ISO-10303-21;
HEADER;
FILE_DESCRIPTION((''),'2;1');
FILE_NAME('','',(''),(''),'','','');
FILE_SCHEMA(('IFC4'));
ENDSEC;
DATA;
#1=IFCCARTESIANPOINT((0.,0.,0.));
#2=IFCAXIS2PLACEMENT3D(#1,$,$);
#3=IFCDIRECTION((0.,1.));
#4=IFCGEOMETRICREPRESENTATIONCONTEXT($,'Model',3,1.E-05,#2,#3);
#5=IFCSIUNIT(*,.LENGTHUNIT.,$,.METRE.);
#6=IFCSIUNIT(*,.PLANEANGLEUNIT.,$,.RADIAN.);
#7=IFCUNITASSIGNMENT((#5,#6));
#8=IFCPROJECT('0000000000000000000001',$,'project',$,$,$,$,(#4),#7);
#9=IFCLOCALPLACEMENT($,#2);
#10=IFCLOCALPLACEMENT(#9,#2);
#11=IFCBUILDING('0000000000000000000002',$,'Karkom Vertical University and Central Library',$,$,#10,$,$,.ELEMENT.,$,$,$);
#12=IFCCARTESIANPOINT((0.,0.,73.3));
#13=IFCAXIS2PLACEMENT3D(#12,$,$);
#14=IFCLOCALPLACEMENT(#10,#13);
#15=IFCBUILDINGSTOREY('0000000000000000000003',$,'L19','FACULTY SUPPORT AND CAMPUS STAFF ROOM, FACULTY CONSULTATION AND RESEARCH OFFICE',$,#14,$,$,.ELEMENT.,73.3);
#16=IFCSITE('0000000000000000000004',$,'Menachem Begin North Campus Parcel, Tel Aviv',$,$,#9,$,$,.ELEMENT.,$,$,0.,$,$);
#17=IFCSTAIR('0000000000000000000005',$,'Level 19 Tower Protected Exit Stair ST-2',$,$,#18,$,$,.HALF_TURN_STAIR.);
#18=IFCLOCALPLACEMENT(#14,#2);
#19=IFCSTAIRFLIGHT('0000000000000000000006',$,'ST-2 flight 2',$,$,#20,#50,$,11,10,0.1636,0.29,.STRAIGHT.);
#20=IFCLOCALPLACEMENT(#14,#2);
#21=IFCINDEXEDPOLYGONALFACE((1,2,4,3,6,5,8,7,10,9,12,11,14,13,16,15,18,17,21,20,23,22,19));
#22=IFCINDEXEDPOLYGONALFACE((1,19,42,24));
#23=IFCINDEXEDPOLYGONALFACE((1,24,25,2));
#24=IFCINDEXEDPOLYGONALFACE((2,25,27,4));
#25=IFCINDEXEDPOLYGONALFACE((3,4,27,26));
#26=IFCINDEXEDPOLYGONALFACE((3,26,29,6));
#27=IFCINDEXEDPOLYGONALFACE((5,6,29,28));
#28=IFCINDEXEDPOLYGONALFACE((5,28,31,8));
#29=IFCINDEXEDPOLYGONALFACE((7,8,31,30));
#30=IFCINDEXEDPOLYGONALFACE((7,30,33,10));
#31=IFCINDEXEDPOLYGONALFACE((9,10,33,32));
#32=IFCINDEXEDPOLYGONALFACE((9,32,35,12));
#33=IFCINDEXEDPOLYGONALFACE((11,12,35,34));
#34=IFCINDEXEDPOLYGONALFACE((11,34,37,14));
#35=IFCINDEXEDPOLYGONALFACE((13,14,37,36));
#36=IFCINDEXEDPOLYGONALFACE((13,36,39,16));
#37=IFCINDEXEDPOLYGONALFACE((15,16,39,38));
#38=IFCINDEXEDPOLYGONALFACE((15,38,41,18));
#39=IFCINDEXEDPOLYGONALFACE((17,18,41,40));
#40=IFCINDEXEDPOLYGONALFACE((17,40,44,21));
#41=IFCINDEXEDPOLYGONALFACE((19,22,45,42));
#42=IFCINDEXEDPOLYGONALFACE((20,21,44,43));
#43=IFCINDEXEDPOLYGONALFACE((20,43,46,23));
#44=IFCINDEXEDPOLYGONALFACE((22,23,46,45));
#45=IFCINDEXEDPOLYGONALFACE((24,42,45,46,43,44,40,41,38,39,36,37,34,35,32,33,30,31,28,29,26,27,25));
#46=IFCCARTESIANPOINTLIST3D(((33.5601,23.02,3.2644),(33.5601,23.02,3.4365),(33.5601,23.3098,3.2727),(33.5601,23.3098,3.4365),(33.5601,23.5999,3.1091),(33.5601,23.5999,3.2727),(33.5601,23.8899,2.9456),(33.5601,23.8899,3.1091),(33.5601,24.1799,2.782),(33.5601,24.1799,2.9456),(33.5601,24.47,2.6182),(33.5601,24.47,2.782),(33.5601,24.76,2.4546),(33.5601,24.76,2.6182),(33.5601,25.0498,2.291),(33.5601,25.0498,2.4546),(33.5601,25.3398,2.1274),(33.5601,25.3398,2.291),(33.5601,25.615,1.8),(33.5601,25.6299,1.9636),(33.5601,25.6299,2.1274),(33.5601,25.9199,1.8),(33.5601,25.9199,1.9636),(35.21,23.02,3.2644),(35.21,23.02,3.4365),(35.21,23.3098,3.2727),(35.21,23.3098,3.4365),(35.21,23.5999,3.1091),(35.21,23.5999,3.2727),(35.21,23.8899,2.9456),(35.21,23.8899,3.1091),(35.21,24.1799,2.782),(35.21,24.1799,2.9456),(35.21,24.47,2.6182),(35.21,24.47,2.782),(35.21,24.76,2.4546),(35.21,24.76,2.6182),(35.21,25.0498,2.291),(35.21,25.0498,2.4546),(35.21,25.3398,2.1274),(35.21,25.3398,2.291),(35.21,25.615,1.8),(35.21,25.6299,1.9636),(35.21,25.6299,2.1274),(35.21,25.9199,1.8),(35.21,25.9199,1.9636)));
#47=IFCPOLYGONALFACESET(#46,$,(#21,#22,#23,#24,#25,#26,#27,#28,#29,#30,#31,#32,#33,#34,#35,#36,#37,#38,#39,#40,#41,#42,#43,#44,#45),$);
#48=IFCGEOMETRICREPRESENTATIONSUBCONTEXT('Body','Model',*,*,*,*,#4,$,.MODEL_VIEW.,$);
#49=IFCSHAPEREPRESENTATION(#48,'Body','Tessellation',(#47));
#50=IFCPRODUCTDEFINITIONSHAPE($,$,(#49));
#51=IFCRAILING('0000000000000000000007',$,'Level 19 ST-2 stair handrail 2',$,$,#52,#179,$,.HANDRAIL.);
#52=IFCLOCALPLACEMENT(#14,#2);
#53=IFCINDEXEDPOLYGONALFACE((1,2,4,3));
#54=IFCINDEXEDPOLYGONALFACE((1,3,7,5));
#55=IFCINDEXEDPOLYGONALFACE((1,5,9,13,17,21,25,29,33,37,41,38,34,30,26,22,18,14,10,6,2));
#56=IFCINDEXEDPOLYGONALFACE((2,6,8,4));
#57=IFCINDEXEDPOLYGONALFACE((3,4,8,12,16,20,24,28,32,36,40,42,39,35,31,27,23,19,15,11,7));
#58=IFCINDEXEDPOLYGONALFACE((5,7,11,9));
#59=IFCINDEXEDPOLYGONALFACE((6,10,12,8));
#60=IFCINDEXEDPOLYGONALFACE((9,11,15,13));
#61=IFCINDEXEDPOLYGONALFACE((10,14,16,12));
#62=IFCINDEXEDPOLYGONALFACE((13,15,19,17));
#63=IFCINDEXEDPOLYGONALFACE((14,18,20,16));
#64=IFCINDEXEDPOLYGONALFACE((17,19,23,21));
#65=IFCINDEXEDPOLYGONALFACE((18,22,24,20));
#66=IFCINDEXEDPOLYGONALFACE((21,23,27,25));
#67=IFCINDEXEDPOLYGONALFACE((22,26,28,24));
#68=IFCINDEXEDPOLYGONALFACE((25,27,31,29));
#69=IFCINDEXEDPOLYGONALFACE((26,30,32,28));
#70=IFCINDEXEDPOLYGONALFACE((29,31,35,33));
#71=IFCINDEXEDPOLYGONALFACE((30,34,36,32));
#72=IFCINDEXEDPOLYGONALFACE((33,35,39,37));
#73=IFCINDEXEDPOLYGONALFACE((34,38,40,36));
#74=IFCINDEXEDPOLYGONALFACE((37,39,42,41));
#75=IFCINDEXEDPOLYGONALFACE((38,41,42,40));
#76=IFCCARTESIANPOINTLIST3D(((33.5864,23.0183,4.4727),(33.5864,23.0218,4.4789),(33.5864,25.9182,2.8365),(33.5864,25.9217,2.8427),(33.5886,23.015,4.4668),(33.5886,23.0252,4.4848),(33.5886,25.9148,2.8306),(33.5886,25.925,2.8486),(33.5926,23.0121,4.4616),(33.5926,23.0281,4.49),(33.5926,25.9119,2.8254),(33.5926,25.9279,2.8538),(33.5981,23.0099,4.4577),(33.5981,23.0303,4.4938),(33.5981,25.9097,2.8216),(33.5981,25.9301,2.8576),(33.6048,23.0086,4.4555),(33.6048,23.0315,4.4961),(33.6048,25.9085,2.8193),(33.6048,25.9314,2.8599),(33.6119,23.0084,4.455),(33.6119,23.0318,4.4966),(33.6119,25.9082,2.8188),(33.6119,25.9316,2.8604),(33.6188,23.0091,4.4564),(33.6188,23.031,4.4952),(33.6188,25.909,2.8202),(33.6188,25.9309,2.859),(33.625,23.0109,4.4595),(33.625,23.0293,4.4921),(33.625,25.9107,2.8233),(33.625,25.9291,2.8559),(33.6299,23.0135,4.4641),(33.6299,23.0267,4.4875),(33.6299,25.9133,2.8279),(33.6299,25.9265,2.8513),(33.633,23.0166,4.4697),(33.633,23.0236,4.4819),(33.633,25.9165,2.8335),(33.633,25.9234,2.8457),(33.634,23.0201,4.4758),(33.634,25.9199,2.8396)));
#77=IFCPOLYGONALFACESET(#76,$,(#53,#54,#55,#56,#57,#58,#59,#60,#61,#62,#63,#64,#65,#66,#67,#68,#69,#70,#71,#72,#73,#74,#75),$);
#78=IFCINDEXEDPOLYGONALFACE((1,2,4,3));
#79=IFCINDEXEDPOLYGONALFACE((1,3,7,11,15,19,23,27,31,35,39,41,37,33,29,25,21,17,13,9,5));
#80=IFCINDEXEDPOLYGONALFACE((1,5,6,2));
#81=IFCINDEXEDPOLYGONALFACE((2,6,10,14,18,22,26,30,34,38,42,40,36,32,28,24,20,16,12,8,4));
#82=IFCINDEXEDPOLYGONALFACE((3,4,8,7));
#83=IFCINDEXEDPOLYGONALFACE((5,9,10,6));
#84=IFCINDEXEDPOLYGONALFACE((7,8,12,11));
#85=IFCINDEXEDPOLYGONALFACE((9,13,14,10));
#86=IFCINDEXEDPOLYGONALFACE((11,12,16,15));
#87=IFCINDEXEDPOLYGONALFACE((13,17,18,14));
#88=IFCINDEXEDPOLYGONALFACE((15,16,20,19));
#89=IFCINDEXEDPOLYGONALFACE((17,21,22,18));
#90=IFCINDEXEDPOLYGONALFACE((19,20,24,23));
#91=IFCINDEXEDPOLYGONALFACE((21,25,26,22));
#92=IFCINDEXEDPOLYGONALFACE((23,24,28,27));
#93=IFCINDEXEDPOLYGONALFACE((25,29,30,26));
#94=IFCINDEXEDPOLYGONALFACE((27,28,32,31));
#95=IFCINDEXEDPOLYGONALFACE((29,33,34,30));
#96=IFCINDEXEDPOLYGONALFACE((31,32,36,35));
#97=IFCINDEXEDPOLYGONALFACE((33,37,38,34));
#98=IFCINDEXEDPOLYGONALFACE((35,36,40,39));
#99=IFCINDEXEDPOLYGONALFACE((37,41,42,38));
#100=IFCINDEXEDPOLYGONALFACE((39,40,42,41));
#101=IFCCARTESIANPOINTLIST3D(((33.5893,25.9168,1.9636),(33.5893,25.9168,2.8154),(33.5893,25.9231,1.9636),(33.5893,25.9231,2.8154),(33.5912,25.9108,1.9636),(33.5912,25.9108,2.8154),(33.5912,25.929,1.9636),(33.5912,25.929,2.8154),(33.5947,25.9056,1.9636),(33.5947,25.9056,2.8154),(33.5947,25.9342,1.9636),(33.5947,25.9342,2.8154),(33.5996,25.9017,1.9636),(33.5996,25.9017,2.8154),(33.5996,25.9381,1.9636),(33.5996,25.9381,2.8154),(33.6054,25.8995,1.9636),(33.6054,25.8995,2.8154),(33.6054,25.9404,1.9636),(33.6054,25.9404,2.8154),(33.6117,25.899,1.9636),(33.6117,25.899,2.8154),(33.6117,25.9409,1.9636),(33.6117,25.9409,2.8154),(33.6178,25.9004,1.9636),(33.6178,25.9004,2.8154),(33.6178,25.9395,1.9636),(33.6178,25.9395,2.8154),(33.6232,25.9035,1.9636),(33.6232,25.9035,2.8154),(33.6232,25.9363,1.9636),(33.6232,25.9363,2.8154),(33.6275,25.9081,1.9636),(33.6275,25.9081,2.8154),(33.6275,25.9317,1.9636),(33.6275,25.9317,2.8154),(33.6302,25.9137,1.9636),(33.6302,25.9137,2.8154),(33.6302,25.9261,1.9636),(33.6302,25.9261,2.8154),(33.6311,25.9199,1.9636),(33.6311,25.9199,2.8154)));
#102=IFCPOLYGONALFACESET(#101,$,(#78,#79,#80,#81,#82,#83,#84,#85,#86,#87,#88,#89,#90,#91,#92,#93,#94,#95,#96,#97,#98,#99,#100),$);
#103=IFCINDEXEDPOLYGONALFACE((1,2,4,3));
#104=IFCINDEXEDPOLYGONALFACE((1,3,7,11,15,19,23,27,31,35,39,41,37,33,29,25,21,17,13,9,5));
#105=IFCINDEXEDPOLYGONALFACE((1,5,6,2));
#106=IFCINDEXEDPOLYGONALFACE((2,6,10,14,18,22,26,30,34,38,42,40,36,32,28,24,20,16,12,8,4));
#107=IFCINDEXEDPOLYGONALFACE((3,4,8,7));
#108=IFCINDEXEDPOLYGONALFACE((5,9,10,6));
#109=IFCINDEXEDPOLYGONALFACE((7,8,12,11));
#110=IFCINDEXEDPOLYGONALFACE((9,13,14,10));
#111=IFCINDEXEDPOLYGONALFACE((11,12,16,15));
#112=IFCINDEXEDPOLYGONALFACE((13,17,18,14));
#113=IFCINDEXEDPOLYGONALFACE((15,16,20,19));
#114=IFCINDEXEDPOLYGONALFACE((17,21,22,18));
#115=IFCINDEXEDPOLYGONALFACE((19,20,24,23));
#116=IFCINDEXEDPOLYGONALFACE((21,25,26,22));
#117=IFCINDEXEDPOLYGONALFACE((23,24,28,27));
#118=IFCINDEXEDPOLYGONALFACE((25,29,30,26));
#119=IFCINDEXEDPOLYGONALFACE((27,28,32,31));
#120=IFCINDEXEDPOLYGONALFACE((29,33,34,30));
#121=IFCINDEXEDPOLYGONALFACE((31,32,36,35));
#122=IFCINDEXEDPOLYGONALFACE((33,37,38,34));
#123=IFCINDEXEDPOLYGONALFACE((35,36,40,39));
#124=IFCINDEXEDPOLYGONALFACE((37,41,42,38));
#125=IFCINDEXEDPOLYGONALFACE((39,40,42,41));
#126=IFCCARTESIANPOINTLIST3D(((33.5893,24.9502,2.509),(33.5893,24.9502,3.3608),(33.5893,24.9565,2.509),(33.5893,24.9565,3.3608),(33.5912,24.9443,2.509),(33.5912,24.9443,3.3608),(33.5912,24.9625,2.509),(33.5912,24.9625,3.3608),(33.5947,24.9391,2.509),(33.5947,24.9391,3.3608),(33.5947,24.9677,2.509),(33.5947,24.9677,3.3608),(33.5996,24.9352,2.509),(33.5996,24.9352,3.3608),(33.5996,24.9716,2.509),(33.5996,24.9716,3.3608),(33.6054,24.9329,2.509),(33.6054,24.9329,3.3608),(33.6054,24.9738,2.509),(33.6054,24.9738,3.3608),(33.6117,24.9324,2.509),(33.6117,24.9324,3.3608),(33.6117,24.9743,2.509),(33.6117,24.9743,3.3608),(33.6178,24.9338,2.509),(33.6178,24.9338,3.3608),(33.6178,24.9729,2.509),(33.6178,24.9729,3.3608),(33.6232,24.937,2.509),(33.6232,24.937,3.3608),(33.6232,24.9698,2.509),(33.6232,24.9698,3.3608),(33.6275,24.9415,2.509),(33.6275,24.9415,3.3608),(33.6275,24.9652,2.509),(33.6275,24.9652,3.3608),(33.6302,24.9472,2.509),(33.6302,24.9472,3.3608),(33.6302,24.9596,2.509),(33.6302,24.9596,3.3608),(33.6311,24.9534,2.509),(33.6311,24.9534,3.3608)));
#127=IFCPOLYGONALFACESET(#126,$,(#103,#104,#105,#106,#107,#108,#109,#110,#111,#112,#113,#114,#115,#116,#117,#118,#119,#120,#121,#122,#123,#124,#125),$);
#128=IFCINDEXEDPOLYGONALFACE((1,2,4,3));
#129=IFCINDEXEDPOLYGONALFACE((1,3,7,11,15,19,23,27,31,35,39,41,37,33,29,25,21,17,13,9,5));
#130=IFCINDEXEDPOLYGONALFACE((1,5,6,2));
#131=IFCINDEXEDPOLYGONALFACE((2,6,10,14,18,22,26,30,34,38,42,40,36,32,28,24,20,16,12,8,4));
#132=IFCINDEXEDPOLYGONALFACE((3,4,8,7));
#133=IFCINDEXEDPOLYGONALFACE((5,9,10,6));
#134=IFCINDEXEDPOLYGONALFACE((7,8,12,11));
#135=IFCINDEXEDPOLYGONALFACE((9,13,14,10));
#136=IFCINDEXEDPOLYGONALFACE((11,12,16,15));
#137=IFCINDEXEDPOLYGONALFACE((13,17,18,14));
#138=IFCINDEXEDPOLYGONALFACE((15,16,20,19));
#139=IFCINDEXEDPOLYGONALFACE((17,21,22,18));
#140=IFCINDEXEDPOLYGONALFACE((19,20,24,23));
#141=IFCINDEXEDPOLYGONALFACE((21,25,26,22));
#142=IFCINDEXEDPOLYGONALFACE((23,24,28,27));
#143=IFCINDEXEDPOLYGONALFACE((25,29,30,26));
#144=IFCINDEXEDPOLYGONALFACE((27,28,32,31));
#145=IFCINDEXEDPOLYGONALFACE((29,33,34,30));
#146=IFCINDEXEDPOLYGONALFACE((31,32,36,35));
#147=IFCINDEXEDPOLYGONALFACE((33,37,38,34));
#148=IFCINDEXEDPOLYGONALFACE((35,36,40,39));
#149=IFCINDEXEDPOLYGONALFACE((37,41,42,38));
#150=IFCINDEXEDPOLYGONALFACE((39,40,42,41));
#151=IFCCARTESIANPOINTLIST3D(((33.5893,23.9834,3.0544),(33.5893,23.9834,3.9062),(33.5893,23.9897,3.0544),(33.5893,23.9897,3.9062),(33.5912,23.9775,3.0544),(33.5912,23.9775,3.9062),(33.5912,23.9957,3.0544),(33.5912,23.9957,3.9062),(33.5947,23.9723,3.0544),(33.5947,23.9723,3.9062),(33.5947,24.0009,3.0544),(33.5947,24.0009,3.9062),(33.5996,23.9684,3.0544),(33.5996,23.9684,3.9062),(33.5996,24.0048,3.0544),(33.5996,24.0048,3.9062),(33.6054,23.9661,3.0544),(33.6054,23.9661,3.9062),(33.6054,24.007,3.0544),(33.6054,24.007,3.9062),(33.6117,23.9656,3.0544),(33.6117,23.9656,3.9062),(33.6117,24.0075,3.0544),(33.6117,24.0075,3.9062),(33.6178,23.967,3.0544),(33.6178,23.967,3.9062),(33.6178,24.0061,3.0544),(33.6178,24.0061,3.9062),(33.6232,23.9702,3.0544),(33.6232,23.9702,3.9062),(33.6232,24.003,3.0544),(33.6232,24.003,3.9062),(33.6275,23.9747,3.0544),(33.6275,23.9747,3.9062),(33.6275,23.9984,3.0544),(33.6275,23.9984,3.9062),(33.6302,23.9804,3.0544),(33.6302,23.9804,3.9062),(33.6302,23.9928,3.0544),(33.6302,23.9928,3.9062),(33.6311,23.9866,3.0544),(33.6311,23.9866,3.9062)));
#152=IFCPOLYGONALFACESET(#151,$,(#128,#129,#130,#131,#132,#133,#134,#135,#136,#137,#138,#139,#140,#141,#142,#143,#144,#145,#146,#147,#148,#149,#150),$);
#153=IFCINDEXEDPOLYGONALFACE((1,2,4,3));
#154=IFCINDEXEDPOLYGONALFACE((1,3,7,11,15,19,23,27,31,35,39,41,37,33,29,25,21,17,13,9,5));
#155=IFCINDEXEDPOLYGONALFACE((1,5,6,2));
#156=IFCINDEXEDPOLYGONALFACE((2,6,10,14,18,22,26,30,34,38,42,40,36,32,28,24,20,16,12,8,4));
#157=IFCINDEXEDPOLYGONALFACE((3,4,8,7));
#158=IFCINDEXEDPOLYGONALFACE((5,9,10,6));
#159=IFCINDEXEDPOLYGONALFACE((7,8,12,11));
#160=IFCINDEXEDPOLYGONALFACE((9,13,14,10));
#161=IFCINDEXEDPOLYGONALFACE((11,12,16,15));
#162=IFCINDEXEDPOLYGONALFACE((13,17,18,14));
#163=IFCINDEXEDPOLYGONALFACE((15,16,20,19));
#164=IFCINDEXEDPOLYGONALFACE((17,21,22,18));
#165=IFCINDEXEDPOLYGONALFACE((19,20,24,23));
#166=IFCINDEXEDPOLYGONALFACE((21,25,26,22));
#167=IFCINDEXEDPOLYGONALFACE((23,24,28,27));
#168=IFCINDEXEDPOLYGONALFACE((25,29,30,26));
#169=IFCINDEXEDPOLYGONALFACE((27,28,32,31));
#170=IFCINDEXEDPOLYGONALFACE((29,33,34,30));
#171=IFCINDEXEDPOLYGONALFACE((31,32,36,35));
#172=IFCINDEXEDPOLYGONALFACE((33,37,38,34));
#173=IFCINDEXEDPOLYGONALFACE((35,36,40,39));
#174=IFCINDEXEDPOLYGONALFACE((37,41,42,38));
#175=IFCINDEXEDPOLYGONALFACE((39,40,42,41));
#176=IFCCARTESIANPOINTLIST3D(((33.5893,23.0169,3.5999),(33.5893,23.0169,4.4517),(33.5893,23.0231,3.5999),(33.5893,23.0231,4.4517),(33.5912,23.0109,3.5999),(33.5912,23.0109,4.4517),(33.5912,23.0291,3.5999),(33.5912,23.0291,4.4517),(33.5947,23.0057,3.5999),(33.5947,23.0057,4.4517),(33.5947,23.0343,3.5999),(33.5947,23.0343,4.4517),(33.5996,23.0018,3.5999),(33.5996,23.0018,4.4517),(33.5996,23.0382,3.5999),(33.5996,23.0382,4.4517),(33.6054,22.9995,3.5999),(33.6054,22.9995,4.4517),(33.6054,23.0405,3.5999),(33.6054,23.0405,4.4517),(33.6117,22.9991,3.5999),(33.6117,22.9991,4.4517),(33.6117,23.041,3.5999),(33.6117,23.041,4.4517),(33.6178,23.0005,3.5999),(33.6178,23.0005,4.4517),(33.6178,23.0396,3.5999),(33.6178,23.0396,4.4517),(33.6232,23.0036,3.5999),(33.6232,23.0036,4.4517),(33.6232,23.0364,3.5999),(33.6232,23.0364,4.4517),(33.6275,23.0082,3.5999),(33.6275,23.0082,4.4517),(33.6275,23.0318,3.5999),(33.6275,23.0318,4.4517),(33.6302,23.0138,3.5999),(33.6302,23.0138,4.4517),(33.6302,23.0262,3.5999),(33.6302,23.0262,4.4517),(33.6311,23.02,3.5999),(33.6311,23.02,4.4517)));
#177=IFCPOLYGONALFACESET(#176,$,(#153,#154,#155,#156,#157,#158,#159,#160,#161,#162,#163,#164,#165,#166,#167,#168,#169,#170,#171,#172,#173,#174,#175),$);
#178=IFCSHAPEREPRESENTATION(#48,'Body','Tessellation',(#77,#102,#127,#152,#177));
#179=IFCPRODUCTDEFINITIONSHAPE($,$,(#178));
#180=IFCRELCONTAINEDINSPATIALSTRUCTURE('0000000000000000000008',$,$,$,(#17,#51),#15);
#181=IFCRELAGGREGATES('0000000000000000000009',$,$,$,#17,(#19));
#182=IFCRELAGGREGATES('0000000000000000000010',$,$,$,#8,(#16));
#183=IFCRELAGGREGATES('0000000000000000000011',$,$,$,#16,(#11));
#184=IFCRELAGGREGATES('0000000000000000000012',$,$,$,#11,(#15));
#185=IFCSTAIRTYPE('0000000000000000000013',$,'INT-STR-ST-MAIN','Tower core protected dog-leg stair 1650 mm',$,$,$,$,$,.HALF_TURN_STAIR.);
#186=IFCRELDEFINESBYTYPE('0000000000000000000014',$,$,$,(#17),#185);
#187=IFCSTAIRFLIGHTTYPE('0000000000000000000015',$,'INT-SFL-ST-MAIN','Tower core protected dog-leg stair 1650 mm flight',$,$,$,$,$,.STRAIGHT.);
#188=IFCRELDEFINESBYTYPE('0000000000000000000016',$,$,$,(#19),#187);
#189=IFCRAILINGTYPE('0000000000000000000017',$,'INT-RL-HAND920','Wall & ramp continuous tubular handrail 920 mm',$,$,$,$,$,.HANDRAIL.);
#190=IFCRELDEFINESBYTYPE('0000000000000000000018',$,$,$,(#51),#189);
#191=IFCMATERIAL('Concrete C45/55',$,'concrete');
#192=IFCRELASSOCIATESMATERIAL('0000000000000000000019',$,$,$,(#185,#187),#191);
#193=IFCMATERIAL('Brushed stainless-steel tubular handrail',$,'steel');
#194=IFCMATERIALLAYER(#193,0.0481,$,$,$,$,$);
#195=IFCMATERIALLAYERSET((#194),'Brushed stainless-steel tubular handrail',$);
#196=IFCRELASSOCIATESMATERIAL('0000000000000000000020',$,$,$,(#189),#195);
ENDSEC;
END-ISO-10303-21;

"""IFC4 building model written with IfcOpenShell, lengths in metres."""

from ifc_helpers import new_model, si_unit, direction, frame, origin, origin_2d, place, context, subcontext, project, spatial, polyline, circle, outline, extrude, material, layer, layer_set, type_object, element, aggregate, save


model = new_model("IFC4")

# Units and contexts
model_context = context("Model", 3, precision=1e-05, world=origin(), true_north=direction((0.0, 1.0)))
body_context = subcontext(model_context, "Body", "Model", "MODEL_VIEW")
ifc_project = project(units=[si_unit("LENGTHUNIT", "METRE"), si_unit("PLANEANGLEUNIT", "RADIAN")], contexts=[model_context])

# Site, building, storey
site_placement = place(None, origin())
site = spatial("IfcSite", under=ifc_project, at=site_placement, Name="Menachem Begin North Campus Parcel, Tel Aviv", CompositionType="ELEMENT", RefElevation=0.0)
building_placement = place(site_placement, origin())
building = spatial("IfcBuilding", under=site, at=building_placement, Name="Karkom Vertical University and Central Library", CompositionType="ELEMENT")
storey_placement = place(building_placement, frame((0.0, 0.0, 73.3)))
storey = spatial("IfcBuildingStorey", under=building, at=storey_placement, Name="L19", Description="FACULTY SUPPORT AND CAMPUS STAFF ROOM, FACULTY CONSULTATION AND RESEARCH OFFICE", CompositionType="ELEMENT", Elevation=73.3)

# Shared definitions
ifc_material_1 = material(Name="Concrete C45/55", Category="concrete")

# Stair, stair flight
stair_type = type_object("IfcStairType", Name="INT-STR-ST-MAIN", Description="Tower core protected dog-leg stair 1650 mm", PredefinedType="HALF_TURN_STAIR", material=ifc_material_1)
stair_placement = place(storey_placement, origin())
stair = element("IfcStair", 1, at=stair_placement, inside=storey, type_object=stair_type, Name="Level 19 Tower Protected Exit Stair ST-2", PredefinedType="HALF_TURN_STAIR")
stair_flight_type = type_object("IfcStairFlightType", Name="INT-SFL-ST-MAIN", Description="Tower core protected dog-leg stair 1650 mm flight", PredefinedType="STRAIGHT", material=ifc_material_1)
stair_flight_placement = place(storey_placement, frame((34.385, 25.9199, 1.8), z_axis=(0.0, 0.0, 1.0), x_axis=(0.0, -1.0, 0.0)))
stair_flight = element("IfcStairFlight", 2, at=stair_flight_placement, type_object=stair_flight_type, Name="ST-2 flight 2", NumberOfRisers=11, NumberOfTreads=10, PredefinedType="STRAIGHT", RiserHeight=0.1636, TreadLength=0.29, context=body_context, shape_type="SweptSolid", body=[
    extrude(outline(polyline([(0.0, 0.0), (0.0, 0.1636), (0.29, 0.1636), (0.29, 0.3274), (0.5801, 0.3274), (0.5801, 0.491), (0.8701, 0.491), (0.8701, 0.6545), (1.1599, 0.6545), (1.1599, 0.8181), (1.45, 0.8181), (1.45, 0.9819), (1.74, 0.9819), (1.74, 1.1455), (2.03, 1.1455), (2.03, 1.3091), (2.3201, 1.3091), (2.3201, 1.4727), (2.6101, 1.4727), (2.6101, 1.6365), (2.8999, 1.6365), (2.8999, 1.8), (2.8999, 1.4644), (0.3049, 0.0), (0.0, 0.0)])), frame((0.0, 0.825, 0.0), z_axis=(0.0, -1.0, 0.0), x_axis=(1.0, 0.0, 0.0)), (0.0, 0.0, 1.0), 1.6499),
])
aggregate(stair, [stair_flight])

# Railing
ifc_material_2 = material(Name="Brushed stainless-steel tubular handrail", Category="steel")
ifc_layer_1 = layer(ifc_material_2, 0.0481)
ifc_layer_set_1 = layer_set([ifc_layer_1], Name="Brushed stainless-steel tubular handrail")
railing_type = type_object("IfcRailingType", Name="INT-RL-HAND920", Description="Wall & ramp continuous tubular handrail 920 mm", PredefinedType="HANDRAIL", material=ifc_layer_set_1)
railing_placement = place(storey_placement, frame((33.6101, 25.9199, 1.9636)))
element("IfcRailing", 3, at=railing_placement, inside=storey, type_object=railing_type, Name="Level 19 ST-2 stair handrail 2", PredefinedType="HANDRAIL", context=body_context, shape_type="SweptSolid", body=[
    extrude(circle(Radius=0.0239, at=origin_2d()), frame((0.0, 0.0, 0.876), z_axis=(0.0, -0.870929, 0.49141), x_axis=(1.0, 0.0, 0.0)), (0.0, 0.0, 1.0), 3.3296),
    extrude(circle(Radius=0.021, at=origin_2d()), origin(), (0.0, 0.0, 1.0), 0.8518),
    extrude(circle(Radius=0.021, at=origin_2d()), frame((0.0, -0.9666, 0.5454)), (0.0, 0.0, 1.0), 0.8518),
    extrude(circle(Radius=0.021, at=origin_2d()), frame((0.0, -1.9333, 1.0908)), (0.0, 0.0, 1.0), 0.8518),
    extrude(circle(Radius=0.021, at=origin_2d()), frame((0.0, -2.8999, 1.6362)), (0.0, 0.0, 1.0), 0.8518),
])

save(model, "model.ifc")
